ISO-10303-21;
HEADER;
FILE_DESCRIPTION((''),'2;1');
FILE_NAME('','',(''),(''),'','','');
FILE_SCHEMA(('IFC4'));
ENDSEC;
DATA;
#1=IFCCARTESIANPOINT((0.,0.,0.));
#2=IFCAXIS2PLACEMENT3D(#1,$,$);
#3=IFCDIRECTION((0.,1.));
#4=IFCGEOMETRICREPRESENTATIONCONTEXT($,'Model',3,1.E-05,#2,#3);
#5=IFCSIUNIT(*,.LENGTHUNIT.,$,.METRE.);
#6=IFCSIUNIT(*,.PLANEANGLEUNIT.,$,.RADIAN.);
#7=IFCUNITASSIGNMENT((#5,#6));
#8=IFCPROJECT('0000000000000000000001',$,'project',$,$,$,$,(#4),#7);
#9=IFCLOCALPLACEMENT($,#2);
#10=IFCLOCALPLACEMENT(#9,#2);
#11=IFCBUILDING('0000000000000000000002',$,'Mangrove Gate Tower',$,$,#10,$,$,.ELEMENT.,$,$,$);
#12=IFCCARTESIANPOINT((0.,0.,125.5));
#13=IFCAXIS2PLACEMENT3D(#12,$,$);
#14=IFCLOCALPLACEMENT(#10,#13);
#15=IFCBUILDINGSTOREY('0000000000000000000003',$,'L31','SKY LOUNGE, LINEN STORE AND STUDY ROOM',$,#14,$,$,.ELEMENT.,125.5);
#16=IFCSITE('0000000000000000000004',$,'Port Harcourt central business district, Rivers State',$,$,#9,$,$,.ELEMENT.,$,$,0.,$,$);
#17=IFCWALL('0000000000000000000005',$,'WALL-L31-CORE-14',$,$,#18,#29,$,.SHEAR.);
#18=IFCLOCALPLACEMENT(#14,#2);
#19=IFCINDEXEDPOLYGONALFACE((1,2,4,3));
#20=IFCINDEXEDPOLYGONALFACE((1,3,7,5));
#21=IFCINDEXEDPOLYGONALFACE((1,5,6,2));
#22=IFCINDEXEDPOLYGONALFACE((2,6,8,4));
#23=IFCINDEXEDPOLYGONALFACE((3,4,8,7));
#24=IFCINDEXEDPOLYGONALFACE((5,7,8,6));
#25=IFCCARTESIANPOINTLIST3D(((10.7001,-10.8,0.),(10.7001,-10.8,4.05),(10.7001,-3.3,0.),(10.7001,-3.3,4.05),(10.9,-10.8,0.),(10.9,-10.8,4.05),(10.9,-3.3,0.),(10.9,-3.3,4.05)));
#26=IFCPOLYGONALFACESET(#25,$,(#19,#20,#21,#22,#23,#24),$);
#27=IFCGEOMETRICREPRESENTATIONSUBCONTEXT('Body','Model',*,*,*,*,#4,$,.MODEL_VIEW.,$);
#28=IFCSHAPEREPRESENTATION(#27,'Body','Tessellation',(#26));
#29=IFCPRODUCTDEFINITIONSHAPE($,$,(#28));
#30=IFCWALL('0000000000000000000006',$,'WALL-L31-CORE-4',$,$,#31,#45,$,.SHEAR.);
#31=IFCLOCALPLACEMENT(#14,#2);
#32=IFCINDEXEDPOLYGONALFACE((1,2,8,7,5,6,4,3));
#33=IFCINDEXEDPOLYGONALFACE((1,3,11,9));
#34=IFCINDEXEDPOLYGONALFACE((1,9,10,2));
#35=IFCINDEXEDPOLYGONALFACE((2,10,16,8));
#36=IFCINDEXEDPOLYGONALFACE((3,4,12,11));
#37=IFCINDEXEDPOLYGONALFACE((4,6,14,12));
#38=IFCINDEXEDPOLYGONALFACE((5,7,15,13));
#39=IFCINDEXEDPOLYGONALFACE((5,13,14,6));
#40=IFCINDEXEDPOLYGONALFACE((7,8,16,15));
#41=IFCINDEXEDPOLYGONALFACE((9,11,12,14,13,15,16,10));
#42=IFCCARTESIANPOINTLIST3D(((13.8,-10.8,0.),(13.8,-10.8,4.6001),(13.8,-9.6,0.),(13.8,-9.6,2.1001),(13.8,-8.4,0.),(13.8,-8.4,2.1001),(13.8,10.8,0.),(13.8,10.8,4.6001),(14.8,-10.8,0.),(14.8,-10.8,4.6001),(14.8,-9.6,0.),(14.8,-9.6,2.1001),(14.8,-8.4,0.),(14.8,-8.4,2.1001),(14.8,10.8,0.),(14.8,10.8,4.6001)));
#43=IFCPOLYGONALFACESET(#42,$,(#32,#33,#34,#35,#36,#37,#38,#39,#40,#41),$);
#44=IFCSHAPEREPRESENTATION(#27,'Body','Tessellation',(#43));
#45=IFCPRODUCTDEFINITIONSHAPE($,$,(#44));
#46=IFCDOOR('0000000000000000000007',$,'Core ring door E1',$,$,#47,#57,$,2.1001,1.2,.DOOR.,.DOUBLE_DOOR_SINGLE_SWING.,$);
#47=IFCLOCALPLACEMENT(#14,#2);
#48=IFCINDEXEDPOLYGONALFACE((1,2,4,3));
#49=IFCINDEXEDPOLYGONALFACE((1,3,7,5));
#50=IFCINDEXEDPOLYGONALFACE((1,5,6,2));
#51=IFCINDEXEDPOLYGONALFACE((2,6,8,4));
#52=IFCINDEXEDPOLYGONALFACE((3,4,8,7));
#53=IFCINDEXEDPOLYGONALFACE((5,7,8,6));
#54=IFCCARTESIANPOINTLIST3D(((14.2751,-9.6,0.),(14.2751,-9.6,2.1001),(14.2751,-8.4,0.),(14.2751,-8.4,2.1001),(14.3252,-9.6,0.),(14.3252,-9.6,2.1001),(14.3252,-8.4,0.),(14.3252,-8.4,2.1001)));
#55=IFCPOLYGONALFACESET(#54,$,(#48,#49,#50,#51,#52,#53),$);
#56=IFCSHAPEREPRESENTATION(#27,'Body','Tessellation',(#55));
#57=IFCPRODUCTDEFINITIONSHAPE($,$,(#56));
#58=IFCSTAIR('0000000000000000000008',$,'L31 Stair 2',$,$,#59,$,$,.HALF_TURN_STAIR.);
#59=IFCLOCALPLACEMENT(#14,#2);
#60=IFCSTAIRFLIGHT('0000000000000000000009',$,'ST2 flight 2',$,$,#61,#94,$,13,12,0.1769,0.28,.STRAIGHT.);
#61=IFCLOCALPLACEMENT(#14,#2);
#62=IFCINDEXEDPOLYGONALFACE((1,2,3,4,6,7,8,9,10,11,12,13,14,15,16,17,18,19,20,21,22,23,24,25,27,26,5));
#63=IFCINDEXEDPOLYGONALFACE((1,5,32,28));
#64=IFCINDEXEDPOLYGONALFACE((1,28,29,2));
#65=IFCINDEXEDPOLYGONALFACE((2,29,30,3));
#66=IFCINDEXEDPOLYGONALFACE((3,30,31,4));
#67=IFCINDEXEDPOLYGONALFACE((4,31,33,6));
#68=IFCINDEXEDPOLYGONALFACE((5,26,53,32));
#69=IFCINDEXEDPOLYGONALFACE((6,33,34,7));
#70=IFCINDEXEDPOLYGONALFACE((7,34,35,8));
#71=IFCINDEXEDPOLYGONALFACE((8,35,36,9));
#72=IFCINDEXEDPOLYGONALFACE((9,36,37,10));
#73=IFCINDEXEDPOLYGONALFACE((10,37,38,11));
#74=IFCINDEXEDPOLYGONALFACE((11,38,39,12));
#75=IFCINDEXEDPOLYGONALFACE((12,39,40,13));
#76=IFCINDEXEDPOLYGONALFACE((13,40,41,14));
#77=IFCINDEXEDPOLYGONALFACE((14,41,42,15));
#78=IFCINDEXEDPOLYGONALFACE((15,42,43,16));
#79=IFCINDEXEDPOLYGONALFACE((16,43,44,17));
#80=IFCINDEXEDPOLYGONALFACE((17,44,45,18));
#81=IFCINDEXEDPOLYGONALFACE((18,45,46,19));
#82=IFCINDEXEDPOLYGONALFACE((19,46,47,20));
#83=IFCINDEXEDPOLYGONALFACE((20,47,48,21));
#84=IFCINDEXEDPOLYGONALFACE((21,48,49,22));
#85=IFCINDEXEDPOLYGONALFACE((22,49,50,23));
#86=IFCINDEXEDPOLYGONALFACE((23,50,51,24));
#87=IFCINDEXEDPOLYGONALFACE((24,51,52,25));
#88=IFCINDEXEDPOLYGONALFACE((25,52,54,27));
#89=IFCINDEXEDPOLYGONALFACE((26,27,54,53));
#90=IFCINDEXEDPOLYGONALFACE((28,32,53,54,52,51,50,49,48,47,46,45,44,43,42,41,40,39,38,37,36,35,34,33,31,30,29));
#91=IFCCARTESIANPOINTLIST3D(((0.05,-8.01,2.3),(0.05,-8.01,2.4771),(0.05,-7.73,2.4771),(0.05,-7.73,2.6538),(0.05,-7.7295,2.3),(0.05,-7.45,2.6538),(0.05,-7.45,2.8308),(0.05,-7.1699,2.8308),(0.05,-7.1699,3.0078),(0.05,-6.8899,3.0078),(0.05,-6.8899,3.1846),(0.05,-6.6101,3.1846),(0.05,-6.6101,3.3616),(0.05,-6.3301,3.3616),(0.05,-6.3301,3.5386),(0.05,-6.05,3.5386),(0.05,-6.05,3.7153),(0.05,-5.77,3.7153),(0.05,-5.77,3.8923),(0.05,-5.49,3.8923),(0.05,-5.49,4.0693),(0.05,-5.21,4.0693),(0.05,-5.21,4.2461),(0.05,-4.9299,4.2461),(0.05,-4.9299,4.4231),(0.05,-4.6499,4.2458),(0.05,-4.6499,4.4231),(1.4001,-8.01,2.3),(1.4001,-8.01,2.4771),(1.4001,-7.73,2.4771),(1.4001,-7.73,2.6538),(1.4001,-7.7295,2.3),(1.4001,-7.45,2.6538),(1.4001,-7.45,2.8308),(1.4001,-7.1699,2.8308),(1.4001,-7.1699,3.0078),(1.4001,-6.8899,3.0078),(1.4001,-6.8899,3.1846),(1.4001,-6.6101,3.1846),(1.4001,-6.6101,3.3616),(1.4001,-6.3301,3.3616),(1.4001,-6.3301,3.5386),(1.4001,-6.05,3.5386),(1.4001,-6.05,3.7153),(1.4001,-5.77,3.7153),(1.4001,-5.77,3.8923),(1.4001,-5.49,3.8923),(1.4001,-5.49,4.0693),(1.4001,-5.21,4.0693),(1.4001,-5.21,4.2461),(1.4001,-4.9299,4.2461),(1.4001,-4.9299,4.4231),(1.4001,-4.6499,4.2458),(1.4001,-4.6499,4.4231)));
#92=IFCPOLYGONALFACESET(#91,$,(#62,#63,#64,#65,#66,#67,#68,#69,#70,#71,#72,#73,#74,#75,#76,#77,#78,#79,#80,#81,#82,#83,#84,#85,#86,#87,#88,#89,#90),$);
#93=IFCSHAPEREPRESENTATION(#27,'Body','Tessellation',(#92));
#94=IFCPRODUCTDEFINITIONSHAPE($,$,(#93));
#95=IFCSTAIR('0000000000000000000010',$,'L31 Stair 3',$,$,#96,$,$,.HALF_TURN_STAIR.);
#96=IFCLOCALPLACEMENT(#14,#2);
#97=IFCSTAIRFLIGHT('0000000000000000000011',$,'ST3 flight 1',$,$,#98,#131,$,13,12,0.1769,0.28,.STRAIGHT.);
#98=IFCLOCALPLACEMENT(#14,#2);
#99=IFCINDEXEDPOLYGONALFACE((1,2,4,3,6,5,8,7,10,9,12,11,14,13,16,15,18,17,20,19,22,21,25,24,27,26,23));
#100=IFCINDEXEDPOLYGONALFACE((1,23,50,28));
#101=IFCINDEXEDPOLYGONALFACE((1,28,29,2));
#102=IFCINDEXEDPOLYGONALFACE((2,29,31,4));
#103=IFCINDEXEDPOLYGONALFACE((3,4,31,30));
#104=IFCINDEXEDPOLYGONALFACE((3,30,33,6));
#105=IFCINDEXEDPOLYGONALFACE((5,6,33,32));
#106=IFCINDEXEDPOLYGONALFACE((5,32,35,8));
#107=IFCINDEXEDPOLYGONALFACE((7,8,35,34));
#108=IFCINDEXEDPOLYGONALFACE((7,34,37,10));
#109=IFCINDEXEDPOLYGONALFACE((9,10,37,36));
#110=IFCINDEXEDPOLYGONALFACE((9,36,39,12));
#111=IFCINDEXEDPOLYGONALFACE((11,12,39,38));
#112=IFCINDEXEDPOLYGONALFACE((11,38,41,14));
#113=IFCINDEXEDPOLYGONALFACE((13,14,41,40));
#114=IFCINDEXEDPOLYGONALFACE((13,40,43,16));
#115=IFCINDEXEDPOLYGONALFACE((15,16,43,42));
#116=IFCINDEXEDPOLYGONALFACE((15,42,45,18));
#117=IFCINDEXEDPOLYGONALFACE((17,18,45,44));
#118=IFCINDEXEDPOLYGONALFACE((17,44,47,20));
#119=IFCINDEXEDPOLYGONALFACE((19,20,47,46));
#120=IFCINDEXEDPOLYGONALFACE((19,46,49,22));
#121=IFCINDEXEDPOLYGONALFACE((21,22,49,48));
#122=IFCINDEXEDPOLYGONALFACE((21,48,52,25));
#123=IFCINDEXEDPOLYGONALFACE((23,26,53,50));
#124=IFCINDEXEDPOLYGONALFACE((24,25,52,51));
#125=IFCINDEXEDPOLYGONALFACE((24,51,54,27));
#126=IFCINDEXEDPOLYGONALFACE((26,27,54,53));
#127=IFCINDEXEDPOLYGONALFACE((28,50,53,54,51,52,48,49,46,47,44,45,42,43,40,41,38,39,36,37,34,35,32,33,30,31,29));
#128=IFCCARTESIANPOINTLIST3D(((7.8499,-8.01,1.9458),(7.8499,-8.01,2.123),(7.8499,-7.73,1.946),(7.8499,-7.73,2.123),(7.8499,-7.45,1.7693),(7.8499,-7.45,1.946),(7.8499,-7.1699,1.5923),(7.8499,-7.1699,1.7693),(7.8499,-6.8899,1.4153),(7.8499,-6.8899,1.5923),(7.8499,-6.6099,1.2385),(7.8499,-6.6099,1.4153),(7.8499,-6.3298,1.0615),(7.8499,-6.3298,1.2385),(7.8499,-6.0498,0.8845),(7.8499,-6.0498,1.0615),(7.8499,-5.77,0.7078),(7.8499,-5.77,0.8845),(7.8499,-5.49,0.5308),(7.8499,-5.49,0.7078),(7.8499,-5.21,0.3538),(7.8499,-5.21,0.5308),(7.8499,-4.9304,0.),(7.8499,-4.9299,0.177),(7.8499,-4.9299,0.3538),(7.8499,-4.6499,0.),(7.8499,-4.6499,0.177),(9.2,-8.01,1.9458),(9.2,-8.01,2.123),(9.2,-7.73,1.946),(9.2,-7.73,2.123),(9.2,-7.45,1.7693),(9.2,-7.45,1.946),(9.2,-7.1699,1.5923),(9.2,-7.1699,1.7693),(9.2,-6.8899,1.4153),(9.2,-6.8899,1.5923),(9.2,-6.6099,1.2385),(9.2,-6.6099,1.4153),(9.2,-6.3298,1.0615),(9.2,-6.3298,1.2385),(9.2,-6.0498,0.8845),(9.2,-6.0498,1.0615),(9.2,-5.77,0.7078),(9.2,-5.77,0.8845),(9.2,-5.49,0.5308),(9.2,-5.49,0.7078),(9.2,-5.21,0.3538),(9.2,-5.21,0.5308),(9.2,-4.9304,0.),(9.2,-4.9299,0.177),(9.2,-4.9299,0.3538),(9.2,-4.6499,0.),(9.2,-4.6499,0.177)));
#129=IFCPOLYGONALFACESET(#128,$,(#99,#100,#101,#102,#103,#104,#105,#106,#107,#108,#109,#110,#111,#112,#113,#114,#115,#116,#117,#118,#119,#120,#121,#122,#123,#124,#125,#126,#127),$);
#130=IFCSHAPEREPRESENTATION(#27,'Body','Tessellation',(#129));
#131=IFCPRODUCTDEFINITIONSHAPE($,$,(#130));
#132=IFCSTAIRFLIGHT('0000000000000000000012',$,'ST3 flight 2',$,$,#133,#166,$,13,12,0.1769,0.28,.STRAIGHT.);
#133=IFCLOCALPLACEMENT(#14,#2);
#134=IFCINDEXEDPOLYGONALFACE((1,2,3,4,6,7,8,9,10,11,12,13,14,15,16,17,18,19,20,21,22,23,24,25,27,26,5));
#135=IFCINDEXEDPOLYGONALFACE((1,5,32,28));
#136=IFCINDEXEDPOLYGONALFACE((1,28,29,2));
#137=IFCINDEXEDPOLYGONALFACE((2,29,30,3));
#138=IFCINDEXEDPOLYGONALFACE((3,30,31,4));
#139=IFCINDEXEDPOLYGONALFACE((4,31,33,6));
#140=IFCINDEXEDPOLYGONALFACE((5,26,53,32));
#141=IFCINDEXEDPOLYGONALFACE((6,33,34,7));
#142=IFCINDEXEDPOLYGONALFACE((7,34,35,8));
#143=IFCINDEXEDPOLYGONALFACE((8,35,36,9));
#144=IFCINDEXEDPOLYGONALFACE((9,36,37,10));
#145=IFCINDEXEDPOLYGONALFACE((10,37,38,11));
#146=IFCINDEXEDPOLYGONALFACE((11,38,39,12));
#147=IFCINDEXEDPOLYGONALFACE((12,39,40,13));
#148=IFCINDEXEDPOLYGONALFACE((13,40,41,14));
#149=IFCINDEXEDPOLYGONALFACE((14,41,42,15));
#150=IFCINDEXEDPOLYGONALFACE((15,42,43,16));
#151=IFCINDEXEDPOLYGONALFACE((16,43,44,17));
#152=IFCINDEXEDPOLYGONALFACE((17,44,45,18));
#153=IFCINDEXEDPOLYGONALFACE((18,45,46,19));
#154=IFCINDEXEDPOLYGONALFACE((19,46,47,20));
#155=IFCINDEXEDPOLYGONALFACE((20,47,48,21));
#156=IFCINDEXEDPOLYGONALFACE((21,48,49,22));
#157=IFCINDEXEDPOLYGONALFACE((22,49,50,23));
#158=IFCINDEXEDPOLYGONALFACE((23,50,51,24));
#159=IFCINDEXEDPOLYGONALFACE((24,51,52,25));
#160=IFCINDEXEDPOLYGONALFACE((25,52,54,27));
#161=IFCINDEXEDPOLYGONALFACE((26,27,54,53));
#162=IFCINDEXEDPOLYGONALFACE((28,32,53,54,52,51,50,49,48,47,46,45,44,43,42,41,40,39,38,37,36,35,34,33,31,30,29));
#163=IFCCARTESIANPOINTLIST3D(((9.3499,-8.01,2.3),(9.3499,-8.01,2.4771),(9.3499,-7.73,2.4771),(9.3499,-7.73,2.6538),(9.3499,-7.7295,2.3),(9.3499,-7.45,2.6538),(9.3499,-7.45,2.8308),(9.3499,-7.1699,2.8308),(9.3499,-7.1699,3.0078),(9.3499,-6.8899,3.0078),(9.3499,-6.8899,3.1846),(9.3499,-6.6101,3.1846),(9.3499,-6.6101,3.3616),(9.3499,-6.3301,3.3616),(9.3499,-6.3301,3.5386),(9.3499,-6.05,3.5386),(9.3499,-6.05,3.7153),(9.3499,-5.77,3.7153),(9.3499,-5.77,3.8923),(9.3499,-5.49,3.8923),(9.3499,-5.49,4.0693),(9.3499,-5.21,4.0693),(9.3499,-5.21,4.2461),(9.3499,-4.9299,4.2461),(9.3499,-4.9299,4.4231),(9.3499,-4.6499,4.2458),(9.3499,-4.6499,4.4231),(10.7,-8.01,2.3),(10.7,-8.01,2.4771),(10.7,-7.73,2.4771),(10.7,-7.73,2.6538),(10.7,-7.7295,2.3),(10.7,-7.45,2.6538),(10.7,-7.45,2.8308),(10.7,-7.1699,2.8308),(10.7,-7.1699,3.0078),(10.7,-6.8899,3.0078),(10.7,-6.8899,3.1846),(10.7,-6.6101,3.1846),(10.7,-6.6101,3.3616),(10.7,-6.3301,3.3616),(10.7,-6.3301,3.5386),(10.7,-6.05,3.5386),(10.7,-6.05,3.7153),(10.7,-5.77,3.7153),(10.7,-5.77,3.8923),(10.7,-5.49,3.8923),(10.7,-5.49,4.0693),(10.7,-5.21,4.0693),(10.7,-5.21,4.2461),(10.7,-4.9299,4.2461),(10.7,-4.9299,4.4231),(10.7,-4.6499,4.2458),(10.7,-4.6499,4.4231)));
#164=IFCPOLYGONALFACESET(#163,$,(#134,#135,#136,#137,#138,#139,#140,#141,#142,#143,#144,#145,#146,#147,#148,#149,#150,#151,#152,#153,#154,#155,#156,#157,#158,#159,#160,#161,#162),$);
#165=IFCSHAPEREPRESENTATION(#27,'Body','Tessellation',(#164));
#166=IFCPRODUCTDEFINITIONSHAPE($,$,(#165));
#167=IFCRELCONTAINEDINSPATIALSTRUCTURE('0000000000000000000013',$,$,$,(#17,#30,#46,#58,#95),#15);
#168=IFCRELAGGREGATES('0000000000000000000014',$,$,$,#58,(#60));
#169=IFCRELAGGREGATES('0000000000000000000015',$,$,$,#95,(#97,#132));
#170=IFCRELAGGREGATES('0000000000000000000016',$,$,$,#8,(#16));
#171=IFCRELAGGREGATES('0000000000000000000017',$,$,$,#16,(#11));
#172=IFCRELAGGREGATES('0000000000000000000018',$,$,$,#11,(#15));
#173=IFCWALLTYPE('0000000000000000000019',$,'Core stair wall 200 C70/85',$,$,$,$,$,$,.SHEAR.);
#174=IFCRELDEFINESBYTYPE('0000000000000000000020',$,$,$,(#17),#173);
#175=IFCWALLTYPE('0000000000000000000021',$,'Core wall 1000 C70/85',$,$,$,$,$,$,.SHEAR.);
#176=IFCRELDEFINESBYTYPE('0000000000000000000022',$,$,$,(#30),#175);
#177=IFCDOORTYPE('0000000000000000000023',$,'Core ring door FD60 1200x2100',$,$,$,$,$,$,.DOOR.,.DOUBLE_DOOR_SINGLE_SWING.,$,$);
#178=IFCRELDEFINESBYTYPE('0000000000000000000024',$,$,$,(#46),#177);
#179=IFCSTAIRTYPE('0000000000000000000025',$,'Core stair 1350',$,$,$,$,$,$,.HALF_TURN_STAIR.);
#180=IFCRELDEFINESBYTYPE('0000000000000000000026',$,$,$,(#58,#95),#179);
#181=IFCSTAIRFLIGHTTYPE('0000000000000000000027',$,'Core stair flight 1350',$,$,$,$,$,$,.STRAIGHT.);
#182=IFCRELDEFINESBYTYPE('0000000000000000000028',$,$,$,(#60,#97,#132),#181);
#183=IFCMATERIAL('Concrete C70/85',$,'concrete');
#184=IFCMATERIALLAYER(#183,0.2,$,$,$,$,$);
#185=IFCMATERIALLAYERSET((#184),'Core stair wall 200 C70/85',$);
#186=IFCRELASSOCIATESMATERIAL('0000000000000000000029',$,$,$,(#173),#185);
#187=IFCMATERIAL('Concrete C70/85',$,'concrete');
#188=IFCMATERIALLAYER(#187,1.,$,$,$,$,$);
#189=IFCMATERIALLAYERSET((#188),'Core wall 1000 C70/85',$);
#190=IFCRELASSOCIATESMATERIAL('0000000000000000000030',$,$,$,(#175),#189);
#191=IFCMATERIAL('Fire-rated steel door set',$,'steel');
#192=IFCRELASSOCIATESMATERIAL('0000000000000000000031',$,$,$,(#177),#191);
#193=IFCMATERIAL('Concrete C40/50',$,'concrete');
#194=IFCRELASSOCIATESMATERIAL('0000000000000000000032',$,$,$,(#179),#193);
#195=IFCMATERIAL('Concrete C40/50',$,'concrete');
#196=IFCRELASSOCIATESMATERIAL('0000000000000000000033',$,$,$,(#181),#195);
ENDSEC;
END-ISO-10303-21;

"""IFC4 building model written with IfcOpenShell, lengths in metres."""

from ifc_helpers import new_model, si_unit, direction, frame, frame_2d, origin, place, context, subcontext, project, spatial, polyline, rectangle, outline, extrude, material, layer, layer_set, type_object, element, fill, aggregate, save


model = new_model("IFC4")

# Units and contexts
model_context = context("Model", 3, precision=1e-05, world=origin(), true_north=direction((0.0, 1.0)))
body_context = subcontext(model_context, "Body", "Model", "MODEL_VIEW")
ifc_project = project(units=[si_unit("LENGTHUNIT", "METRE"), si_unit("PLANEANGLEUNIT", "RADIAN")], contexts=[model_context])

# Site, building, storey
site_placement = place(None, origin())
site = spatial("IfcSite", under=ifc_project, at=site_placement, Name="Port Harcourt central business district, Rivers State", CompositionType="ELEMENT", RefElevation=0.0)
building_placement = place(site_placement, origin())
building = spatial("IfcBuilding", under=site, at=building_placement, Name="Mangrove Gate Tower", CompositionType="ELEMENT")
storey_placement = place(building_placement, frame((0.0, 0.0, 125.5)))
storey = spatial("IfcBuildingStorey", under=building, at=storey_placement, Name="L31", Description="SKY LOUNGE, LINEN STORE AND STUDY ROOM", CompositionType="ELEMENT", Elevation=125.5)

# Shared definitions
ifc_material_1 = material(Name="Concrete C70/85", Category="concrete")
ifc_layer_1 = layer(ifc_material_1, 0.2)
ifc_layer_set_1 = layer_set([ifc_layer_1], Name="Core stair wall 200 C70/85")
wall_type_1 = type_object("IfcWallType", Name="Core stair wall 200 C70/85", PredefinedType="SHEAR", material=ifc_layer_set_1)

# Wall
wall_1_placement = place(storey_placement, frame((10.8, -10.8, 0.0), z_axis=(0.0, 0.0, 1.0), x_axis=(0.0, 1.0, 0.0)))
element("IfcWall", 1, at=wall_1_placement, inside=storey, type_object=wall_type_1, Name="WALL-L31-CORE-14", PredefinedType="SHEAR", context=body_context, shape_type="SweptSolid", body=[
    extrude(rectangle(XDim=7.5, YDim=0.2, at=frame_2d((3.75, 0.0))), origin(), (0.0, 0.0, 1.0), 4.05),
])

# Wall, opening, door
ifc_material_2 = material(Name="Concrete C70/85", Category="concrete")
ifc_layer_2 = layer(ifc_material_2, 1.0)
ifc_layer_set_2 = layer_set([ifc_layer_2], Name="Core wall 1000 C70/85")
wall_type_2 = type_object("IfcWallType", Name="Core wall 1000 C70/85", PredefinedType="SHEAR", material=ifc_layer_set_2)
wall_2_placement = place(storey_placement, frame((14.3, -10.8, 0.0), z_axis=(0.0, 0.0, 1.0), x_axis=(0.0, 1.0, 0.0)))
wall_2 = element("IfcWall", 2, at=wall_2_placement, inside=storey, type_object=wall_type_2, Name="WALL-L31-CORE-4", PredefinedType="SHEAR", context=body_context, shape_type="SweptSolid", body=[
    extrude(rectangle(XDim=21.6001, YDim=1.0, at=frame_2d((10.8, 0.0))), origin(), (0.0, 0.0, 1.0), 4.6001),
])
opening_1_placement = place(wall_2_placement, frame((1.2, 0.0, 0.0)))
opening_1 = element("IfcOpeningElement", 3, at=opening_1_placement, cuts=wall_2, PredefinedType="OPENING", context=body_context, shape_type="SweptSolid", body=[
    extrude(rectangle(XDim=1.2, YDim=2.1001, at=frame_2d((0.6001, 1.05))), frame((0.0, 0.51, 0.0), z_axis=(0.0, -1.0, 0.0), x_axis=(1.0, 0.0, 0.0)), (0.0, 0.0, 1.0), 1.02),
])
ifc_material_3 = material(Name="Fire-rated steel door set", Category="steel")
door_type_1 = type_object("IfcDoorType", Name="Core ring door FD60 1200x2100", OperationType="DOUBLE_DOOR_SINGLE_SWING", PredefinedType="DOOR", material=ifc_material_3)
door_1_placement = place(opening_1_placement, origin())
door_1 = element("IfcDoor", 4, at=door_1_placement, inside=storey, type_object=door_type_1, Name="Core ring door E1", OperationType="DOUBLE_DOOR_SINGLE_SWING", OverallHeight=2.1001, OverallWidth=1.2, PredefinedType="DOOR", context=body_context, shape_type="SweptSolid", body=[
    extrude(rectangle(XDim=1.2, YDim=2.1001, at=frame_2d((0.6001, 1.05))), frame((0.0, 0.0249, 0.0), z_axis=(0.0, -1.0, 0.0), x_axis=(1.0, 0.0, 0.0)), (0.0, 0.0, 1.0), 0.05),
])
fill(opening_1, door_1)

# Stair, stair flight
ifc_material_4 = material(Name="Concrete C40/50", Category="concrete")
stair_type = type_object("IfcStairType", Name="Core stair 1350", PredefinedType="HALF_TURN_STAIR", material=ifc_material_4)
stair_1_placement = place(storey_placement, origin())
stair_1 = element("IfcStair", 5, at=stair_1_placement, inside=storey, type_object=stair_type, Name="L31 Stair 2", PredefinedType="HALF_TURN_STAIR")
ifc_material_5 = material(Name="Concrete C40/50", Category="concrete")
stair_flight_type = type_object("IfcStairFlightType", Name="Core stair flight 1350", PredefinedType="STRAIGHT", material=ifc_material_5)
stair_flight_1_placement = place(storey_placement, frame((0.7251, -8.01, 2.3), z_axis=(0.0, 0.0, 1.0), x_axis=(0.0, 1.0, 0.0)))
stair_flight_1 = element("IfcStairFlight", 6, at=stair_flight_1_placement, type_object=stair_flight_type, Name="ST2 flight 2", NumberOfRisers=13, NumberOfTreads=12, PredefinedType="STRAIGHT", RiserHeight=0.1769, TreadLength=0.28, context=body_context, shape_type="SweptSolid", body=[
    extrude(outline(polyline([(0.0, 0.0), (0.0, 0.177), (0.28, 0.177), (0.28, 0.3538), (0.5601, 0.3538), (0.5601, 0.5308), (0.8401, 0.5308), (0.8401, 0.7078), (1.1201, 0.7078), (1.1201, 0.8845), (1.3999, 0.8845), (1.3999, 1.0615), (1.6799, 1.0615), (1.6799, 1.2385), (1.96, 1.2385), (1.96, 1.4153), (2.24, 1.4153), (2.24, 1.5923), (2.52, 1.5923), (2.52, 1.7693), (2.8, 1.7693), (2.8, 1.946), (3.0801, 1.946), (3.0801, 2.123), (3.3601, 2.123), (3.3601, 2.3), (3.3601, 1.9458), (0.2805, 0.0), (0.0, 0.0)])), frame((0.0, 0.675, 0.0), z_axis=(0.0, -1.0, 0.0), x_axis=(1.0, 0.0, 0.0)), (0.0, 0.0, 1.0), 1.3501),
])
aggregate(stair_1, [stair_flight_1])

# Stair, stair flights
stair_2_placement = place(storey_placement, origin())
stair_2 = element("IfcStair", 7, at=stair_2_placement, inside=storey, type_object=stair_type, Name="L31 Stair 3", PredefinedType="HALF_TURN_STAIR")
stair_flight_2_placement = place(storey_placement, frame((8.5249, -4.6499, 0.0), z_axis=(0.0, 0.0, 1.0), x_axis=(0.0, -1.0, 0.0)))
stair_flight_2 = element("IfcStairFlight", 8, at=stair_flight_2_placement, type_object=stair_flight_type, Name="ST3 flight 1", NumberOfRisers=13, NumberOfTreads=12, PredefinedType="STRAIGHT", RiserHeight=0.1769, TreadLength=0.28, context=body_context, shape_type="SweptSolid", body=[
    extrude(outline(polyline([(0.0, 0.0), (0.0, 0.177), (0.28, 0.177), (0.28, 0.3538), (0.5601, 0.3538), (0.5601, 0.5308), (0.8401, 0.5308), (0.8401, 0.7078), (1.1201, 0.7078), (1.1201, 0.8845), (1.3999, 0.8845), (1.3999, 1.0615), (1.6799, 1.0615), (1.6799, 1.2385), (1.96, 1.2385), (1.96, 1.4153), (2.24, 1.4153), (2.24, 1.5923), (2.52, 1.5923), (2.52, 1.7693), (2.8, 1.7693), (2.8, 1.946), (3.0801, 1.946), (3.0801, 2.123), (3.3601, 2.123), (3.3601, 2.3), (3.3601, 1.9458), (0.2805, 0.0), (0.0, 0.0)])), frame((0.0, 0.675, 0.0), z_axis=(0.0, -1.0, 0.0), x_axis=(1.0, 0.0, 0.0)), (0.0, 0.0, 1.0), 1.3501),
])
stair_flight_3_placement = place(storey_placement, frame((10.0249, -8.01, 2.3), z_axis=(0.0, 0.0, 1.0), x_axis=(0.0, 1.0, 0.0)))
stair_flight_3 = element("IfcStairFlight", 9, at=stair_flight_3_placement, type_object=stair_flight_type, Name="ST3 flight 2", NumberOfRisers=13, NumberOfTreads=12, PredefinedType="STRAIGHT", RiserHeight=0.1769, TreadLength=0.28, context=body_context, shape_type="SweptSolid", body=[
    extrude(outline(polyline([(0.0, 0.0), (0.0, 0.177), (0.28, 0.177), (0.28, 0.3538), (0.5601, 0.3538), (0.5601, 0.5308), (0.8401, 0.5308), (0.8401, 0.7078), (1.1201, 0.7078), (1.1201, 0.8845), (1.3999, 0.8845), (1.3999, 1.0615), (1.6799, 1.0615), (1.6799, 1.2385), (1.96, 1.2385), (1.96, 1.4153), (2.24, 1.4153), (2.24, 1.5923), (2.52, 1.5923), (2.52, 1.7693), (2.8, 1.7693), (2.8, 1.946), (3.0801, 1.946), (3.0801, 2.123), (3.3601, 2.123), (3.3601, 2.3), (3.3601, 1.9458), (0.2805, 0.0), (0.0, 0.0)])), frame((0.0, 0.675, 0.0), z_axis=(0.0, -1.0, 0.0), x_axis=(1.0, 0.0, 0.0)), (0.0, 0.0, 1.0), 1.3501),
])
aggregate(stair_2, [stair_flight_2, stair_flight_3])

save(model, "model.ifc")
